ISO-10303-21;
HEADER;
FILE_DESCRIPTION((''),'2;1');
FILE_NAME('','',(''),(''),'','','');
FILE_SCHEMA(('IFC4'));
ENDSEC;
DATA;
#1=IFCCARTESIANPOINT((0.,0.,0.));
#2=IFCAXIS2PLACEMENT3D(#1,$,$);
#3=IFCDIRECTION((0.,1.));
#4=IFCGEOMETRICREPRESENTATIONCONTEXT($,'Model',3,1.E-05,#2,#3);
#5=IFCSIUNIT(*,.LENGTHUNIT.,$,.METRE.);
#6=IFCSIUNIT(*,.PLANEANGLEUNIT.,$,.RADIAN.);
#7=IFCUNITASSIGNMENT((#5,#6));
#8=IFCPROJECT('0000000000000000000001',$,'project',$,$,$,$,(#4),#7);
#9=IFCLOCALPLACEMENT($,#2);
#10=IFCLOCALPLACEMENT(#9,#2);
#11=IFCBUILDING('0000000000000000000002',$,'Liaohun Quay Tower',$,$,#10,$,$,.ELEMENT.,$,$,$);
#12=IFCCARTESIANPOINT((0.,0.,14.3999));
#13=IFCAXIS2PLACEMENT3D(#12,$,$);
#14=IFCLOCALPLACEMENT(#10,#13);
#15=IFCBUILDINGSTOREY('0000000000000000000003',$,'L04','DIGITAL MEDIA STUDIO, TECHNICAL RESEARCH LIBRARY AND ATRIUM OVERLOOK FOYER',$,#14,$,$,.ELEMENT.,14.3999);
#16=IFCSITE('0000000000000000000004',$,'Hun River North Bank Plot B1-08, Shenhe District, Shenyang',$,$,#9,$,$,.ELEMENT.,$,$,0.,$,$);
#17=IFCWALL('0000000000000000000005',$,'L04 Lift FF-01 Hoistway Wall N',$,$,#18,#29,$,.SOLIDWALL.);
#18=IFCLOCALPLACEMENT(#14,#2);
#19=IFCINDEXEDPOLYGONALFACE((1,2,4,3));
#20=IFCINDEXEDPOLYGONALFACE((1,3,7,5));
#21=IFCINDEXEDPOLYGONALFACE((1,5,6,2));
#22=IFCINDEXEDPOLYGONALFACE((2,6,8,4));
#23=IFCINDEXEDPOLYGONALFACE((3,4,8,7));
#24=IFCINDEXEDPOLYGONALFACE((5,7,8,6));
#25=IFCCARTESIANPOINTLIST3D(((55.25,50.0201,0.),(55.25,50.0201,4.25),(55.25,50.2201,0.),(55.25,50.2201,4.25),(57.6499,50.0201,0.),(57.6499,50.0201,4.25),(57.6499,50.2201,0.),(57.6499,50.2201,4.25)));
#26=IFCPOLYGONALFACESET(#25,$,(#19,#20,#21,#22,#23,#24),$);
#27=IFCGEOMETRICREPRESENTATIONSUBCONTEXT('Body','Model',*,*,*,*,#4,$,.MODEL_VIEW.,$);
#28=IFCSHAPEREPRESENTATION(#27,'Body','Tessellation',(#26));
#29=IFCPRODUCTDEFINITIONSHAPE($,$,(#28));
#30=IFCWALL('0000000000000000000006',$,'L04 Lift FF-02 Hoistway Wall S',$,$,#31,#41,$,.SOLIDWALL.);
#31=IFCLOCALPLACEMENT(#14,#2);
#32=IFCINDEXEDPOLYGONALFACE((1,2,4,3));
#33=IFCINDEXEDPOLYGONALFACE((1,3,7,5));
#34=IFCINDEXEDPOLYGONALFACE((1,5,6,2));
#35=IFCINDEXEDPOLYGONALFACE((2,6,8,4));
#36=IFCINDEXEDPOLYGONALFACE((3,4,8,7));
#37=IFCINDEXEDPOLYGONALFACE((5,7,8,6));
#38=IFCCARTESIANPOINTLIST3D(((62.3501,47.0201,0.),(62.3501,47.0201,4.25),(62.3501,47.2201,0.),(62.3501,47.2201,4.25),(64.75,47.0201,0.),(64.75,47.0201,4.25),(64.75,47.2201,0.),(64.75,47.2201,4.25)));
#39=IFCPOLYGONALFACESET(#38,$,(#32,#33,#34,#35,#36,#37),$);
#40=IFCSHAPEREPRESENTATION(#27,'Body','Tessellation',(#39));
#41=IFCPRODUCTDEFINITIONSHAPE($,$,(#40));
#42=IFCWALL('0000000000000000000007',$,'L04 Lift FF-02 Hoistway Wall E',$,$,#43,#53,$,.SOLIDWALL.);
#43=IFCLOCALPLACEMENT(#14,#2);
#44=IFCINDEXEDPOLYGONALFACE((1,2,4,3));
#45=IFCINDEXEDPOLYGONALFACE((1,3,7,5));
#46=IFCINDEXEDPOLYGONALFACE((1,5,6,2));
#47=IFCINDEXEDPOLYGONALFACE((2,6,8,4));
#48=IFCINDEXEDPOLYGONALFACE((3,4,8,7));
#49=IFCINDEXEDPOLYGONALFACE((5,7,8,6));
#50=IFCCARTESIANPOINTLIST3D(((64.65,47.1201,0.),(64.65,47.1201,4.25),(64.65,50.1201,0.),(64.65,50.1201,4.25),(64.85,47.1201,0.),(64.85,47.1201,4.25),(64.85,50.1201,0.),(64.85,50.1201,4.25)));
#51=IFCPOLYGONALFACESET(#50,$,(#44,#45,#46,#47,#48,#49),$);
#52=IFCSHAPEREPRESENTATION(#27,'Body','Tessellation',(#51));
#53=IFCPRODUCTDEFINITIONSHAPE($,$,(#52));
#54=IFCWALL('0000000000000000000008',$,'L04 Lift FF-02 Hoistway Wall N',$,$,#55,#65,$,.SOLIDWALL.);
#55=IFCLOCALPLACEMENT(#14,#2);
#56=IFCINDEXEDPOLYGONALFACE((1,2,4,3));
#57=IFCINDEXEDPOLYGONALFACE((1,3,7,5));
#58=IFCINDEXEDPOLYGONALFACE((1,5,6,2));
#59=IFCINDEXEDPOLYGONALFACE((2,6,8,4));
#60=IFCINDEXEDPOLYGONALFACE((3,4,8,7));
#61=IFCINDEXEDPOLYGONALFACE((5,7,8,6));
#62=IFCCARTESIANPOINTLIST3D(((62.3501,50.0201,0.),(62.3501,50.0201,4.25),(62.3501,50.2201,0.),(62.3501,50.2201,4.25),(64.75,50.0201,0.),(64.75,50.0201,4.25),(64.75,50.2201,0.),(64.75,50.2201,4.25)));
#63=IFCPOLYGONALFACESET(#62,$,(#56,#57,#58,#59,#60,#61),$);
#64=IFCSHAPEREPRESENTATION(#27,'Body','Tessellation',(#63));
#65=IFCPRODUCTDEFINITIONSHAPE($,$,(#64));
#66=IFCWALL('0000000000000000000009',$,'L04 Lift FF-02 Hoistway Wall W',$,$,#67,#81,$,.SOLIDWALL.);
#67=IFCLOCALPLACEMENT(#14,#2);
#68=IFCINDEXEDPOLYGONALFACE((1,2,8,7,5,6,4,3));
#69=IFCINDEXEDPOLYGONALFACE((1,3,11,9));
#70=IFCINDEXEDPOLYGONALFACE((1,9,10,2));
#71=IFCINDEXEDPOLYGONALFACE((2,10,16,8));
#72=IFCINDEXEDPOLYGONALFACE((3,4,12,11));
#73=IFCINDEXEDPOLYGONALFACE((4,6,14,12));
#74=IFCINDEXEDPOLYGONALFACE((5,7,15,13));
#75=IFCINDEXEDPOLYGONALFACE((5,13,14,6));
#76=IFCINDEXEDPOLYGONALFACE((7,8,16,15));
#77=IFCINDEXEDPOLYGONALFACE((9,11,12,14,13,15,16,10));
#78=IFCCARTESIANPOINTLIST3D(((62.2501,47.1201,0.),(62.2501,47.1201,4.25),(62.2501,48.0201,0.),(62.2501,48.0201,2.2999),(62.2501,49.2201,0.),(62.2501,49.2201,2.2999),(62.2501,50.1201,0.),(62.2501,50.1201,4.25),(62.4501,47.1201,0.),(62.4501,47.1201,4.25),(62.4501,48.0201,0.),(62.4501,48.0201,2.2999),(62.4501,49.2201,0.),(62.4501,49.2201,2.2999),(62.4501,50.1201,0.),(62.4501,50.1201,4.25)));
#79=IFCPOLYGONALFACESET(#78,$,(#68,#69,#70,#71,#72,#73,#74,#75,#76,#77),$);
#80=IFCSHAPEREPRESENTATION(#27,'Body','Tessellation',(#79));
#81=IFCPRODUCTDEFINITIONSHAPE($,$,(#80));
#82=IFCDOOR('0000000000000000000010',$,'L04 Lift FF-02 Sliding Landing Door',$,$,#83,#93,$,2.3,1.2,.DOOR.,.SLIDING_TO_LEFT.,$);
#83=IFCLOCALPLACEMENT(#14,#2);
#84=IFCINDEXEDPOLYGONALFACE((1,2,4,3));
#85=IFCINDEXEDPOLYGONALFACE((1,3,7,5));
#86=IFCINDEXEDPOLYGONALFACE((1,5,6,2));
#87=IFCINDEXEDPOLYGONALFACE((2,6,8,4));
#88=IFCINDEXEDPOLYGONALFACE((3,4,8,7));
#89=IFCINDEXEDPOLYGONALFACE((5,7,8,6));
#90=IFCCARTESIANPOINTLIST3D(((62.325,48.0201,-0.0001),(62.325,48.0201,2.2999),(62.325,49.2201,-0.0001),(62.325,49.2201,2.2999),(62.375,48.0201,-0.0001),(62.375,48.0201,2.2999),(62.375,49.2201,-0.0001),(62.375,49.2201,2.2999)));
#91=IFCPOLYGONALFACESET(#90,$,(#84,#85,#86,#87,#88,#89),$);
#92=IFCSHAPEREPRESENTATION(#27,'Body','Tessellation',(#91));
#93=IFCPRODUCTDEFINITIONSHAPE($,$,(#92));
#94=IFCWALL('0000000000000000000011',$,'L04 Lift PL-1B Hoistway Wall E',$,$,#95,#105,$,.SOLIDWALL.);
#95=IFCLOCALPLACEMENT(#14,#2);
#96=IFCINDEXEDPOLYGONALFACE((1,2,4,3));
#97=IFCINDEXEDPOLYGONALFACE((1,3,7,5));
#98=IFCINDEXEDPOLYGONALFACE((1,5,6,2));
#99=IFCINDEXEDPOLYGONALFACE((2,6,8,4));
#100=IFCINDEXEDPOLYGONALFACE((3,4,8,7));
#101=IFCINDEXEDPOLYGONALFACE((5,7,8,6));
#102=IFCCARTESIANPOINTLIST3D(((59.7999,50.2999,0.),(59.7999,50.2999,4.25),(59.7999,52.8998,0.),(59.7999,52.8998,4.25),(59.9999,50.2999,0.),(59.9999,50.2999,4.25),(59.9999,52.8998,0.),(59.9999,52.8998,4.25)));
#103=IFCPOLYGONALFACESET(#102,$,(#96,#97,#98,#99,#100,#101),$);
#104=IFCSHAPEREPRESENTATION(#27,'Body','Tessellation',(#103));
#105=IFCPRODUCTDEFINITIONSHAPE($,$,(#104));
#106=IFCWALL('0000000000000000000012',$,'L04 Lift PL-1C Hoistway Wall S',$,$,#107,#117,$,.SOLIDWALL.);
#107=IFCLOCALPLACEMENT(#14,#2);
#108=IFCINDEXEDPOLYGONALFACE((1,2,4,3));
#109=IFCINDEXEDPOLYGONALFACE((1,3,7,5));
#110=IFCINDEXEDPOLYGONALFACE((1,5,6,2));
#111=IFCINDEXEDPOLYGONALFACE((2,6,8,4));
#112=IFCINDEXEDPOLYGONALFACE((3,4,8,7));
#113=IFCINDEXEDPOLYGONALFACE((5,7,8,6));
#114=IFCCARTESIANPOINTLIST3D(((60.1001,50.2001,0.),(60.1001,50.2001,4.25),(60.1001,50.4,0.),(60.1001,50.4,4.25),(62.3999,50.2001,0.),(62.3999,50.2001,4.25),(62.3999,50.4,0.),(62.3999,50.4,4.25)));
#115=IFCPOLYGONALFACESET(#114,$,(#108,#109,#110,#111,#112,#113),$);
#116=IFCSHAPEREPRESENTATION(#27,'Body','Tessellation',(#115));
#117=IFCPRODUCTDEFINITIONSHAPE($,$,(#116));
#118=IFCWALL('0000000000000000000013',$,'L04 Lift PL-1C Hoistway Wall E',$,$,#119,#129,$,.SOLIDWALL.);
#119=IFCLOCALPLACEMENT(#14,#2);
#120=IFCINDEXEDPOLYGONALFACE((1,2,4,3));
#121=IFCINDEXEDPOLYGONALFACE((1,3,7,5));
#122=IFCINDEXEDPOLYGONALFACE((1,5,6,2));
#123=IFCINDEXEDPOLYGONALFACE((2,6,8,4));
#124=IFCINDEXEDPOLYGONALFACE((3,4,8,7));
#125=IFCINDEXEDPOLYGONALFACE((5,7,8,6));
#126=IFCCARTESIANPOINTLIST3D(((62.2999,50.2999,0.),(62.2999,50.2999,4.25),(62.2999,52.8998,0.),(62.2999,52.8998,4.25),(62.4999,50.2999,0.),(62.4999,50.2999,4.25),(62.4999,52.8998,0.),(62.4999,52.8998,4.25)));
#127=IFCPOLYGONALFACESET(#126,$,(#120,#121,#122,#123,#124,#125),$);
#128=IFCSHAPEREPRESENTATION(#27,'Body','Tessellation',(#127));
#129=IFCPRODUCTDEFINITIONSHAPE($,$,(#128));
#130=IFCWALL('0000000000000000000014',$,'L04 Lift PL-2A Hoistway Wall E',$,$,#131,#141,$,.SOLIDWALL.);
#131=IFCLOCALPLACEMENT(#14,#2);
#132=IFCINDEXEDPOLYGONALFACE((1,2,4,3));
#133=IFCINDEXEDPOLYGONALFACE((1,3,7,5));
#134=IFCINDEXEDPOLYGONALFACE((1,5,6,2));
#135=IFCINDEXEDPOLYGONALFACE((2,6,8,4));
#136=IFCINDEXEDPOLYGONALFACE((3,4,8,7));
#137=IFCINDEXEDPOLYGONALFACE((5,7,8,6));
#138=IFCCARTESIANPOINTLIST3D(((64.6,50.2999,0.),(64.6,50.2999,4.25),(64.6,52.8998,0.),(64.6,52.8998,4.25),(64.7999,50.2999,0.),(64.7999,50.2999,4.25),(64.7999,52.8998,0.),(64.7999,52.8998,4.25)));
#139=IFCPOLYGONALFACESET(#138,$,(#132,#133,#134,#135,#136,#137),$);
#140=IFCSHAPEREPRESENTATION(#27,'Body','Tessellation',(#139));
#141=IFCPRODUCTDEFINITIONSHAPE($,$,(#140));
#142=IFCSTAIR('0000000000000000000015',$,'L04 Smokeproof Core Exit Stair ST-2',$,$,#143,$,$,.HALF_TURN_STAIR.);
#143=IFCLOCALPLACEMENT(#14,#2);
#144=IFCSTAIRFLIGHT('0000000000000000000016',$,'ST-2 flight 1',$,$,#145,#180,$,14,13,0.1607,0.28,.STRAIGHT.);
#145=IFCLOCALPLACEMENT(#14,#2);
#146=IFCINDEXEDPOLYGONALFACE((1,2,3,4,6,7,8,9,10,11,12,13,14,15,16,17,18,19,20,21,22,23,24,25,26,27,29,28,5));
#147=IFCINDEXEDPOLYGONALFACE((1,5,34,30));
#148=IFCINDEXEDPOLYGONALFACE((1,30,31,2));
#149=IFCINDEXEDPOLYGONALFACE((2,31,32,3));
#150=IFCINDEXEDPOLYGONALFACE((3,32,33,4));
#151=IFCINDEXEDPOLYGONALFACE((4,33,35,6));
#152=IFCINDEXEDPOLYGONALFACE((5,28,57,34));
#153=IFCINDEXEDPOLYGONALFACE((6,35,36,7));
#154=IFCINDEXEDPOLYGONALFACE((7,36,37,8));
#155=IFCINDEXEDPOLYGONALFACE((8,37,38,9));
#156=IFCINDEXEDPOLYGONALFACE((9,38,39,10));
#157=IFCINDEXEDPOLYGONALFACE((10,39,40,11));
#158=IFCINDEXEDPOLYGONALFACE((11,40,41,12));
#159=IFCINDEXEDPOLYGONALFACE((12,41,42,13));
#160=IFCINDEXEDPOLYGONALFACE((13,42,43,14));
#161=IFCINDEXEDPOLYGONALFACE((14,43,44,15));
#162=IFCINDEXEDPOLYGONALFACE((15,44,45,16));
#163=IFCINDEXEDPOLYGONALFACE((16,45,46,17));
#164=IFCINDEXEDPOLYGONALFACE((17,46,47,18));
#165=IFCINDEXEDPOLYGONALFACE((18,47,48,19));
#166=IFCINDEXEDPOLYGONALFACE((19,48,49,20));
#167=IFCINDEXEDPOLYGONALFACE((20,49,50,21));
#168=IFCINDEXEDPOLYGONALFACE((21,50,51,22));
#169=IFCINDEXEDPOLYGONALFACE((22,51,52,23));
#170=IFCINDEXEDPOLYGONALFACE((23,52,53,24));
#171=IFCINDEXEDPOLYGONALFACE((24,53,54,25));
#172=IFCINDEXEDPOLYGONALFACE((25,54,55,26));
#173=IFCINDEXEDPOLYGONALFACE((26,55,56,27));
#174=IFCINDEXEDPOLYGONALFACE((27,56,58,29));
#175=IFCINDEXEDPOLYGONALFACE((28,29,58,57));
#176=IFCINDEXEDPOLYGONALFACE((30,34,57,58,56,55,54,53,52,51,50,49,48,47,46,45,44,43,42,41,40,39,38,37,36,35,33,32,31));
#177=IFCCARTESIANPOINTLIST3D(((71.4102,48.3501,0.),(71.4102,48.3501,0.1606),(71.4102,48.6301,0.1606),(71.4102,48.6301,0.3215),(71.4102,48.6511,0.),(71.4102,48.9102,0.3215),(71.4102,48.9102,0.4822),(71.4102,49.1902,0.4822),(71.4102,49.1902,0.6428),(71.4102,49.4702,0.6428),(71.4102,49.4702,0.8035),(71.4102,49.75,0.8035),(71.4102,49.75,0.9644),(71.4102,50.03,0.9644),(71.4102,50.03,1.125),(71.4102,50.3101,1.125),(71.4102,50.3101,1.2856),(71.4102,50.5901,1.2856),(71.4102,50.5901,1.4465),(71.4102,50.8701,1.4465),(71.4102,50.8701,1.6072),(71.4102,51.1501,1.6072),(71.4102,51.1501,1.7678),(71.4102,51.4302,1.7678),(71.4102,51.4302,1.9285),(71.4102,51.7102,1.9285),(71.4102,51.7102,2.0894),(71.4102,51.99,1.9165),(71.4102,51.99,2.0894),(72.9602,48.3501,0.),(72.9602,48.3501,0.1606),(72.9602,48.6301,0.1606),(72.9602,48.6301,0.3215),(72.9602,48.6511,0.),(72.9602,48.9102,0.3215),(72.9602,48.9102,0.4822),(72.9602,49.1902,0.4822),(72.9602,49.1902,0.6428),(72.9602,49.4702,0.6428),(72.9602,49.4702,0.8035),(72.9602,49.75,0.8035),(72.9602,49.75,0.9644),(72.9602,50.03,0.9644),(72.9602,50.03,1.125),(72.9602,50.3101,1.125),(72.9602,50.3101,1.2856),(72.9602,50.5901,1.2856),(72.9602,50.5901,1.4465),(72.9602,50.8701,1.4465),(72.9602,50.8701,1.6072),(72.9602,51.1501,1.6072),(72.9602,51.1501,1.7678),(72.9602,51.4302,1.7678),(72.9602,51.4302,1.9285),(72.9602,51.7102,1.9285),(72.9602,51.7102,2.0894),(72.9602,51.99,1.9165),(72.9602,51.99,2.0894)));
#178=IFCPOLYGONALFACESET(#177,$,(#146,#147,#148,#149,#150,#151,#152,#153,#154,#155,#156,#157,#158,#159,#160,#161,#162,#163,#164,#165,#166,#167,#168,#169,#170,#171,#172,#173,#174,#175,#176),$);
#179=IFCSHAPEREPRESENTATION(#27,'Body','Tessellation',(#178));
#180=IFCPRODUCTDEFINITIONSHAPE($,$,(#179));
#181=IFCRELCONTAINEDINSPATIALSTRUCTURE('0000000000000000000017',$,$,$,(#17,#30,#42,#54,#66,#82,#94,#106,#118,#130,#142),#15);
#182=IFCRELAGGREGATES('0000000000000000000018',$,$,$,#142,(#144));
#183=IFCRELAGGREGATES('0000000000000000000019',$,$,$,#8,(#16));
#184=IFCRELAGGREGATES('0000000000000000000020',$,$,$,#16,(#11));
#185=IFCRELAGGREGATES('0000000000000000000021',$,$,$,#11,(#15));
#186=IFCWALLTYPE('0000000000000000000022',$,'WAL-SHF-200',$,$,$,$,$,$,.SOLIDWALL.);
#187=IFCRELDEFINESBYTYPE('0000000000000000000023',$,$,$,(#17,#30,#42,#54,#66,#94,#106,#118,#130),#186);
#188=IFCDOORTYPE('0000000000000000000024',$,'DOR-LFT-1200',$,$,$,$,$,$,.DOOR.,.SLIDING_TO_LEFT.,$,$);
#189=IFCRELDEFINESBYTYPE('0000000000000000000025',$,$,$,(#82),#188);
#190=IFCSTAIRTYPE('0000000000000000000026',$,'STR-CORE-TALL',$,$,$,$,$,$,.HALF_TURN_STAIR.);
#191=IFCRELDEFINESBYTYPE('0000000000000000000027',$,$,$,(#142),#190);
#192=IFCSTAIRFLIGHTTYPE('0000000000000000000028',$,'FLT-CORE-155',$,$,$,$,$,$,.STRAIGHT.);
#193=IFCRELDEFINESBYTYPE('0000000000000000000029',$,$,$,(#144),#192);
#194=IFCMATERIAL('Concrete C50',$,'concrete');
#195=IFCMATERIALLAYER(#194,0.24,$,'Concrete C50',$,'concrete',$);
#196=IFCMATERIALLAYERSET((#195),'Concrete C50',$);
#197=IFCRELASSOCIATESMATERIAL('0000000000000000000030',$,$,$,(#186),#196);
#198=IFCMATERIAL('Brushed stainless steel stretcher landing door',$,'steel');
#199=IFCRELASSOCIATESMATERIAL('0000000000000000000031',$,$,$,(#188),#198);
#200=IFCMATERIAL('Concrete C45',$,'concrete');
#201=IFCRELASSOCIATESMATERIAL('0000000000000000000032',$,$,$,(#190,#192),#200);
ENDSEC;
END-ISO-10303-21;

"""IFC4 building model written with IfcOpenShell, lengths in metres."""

from ifc_helpers import new_model, si_unit, direction, frame, frame_2d, origin, place, context, subcontext, project, spatial, polyline, rectangle, outline, extrude, source, transform, mapped, material, layer, layer_set, type_object, element, fill, aggregate, save


model = new_model("IFC4")

# Units and contexts
model_context = context("Model", 3, precision=1e-05, world=origin(), true_north=direction((0.0, 1.0)))
body_context = subcontext(model_context, "Body", "Model", "MODEL_VIEW")
ifc_project = project(units=[si_unit("LENGTHUNIT", "METRE"), si_unit("PLANEANGLEUNIT", "RADIAN")], contexts=[model_context])

# Site, building, storey
site_placement = place(None, origin())
site = spatial("IfcSite", under=ifc_project, at=site_placement, Name="Hun River North Bank Plot B1-08, Shenhe District, Shenyang", CompositionType="ELEMENT", RefElevation=0.0)
building_placement = place(site_placement, origin())
building = spatial("IfcBuilding", under=site, at=building_placement, Name="Liaohun Quay Tower", CompositionType="ELEMENT")
storey_placement = place(building_placement, frame((0.0, 0.0, 14.3999)))
storey = spatial("IfcBuildingStorey", under=building, at=storey_placement, Name="L04", Description="DIGITAL MEDIA STUDIO, TECHNICAL RESEARCH LIBRARY AND ATRIUM OVERLOOK FOYER", CompositionType="ELEMENT", Elevation=14.3999)

# Shared definitions
ifc_material_1 = material(Name="Concrete C50", Category="concrete")
ifc_layer_1 = layer(ifc_material_1, 0.24, Name="Concrete C50", Category="concrete")
ifc_layer_set_1 = layer_set([ifc_layer_1], Name="Concrete C50")
wall_type_1 = type_object("IfcWallType", Name="WAL-SHF-200", PredefinedType="SOLIDWALL", material=ifc_layer_set_1)

# Walls
for number, where, z_axis, x_axis, name in (
    (1, (57.6499, 50.1201, 0.0), (0.0, 0.0, 1.0), (-1.0, 0.0, 0.0), "L04 Lift FF-01 Hoistway Wall N"),
    (2, (62.3501, 47.1201, 0.0), (0.0, 0.0, 1.0), (1.0, 0.0, 0.0), "L04 Lift FF-02 Hoistway Wall S"),
):
    element("IfcWall", number, at=place(storey_placement, frame(where, z_axis=z_axis, x_axis=x_axis)), inside=storey, type_object=wall_type_1, Name=name, PredefinedType="SOLIDWALL", context=body_context, shape_type="SweptSolid", body=[
        extrude(rectangle(XDim=2.3999, YDim=0.2, at=frame_2d((1.2, 0.0))), origin(), (0.0, 0.0, 1.0), 4.25),
    ])
wall_1_placement = place(storey_placement, frame((64.75, 47.1201, 0.0), z_axis=(0.0, 0.0, 1.0), x_axis=(0.0, 1.0, 0.0)))
element("IfcWall", 3, at=wall_1_placement, inside=storey, type_object=wall_type_1, Name="L04 Lift FF-02 Hoistway Wall E", PredefinedType="SOLIDWALL", context=body_context, shape_type="SweptSolid", body=[
    extrude(rectangle(XDim=3.0, YDim=0.2, at=frame_2d((1.5, 0.0))), origin(), (0.0, 0.0, 1.0), 4.25),
])
wall_2_placement = place(storey_placement, frame((64.75, 50.1201, 0.0), z_axis=(0.0, 0.0, 1.0), x_axis=(-1.0, 0.0, 0.0)))
element("IfcWall", 4, at=wall_2_placement, inside=storey, type_object=wall_type_1, Name="L04 Lift FF-02 Hoistway Wall N", PredefinedType="SOLIDWALL", context=body_context, shape_type="SweptSolid", body=[
    extrude(rectangle(XDim=2.3999, YDim=0.2, at=frame_2d((1.2, 0.0))), origin(), (0.0, 0.0, 1.0), 4.25),
])

# Wall, opening, door
wall_3_placement = place(storey_placement, frame((62.3501, 50.1201, 0.0), z_axis=(0.0, 0.0, 1.0), x_axis=(0.0, -1.0, 0.0)))
wall_3 = element("IfcWall", 5, at=wall_3_placement, inside=storey, type_object=wall_type_1, Name="L04 Lift FF-02 Hoistway Wall W", PredefinedType="SOLIDWALL", context=body_context, shape_type="SweptSolid", body=[
    extrude(rectangle(XDim=3.0, YDim=0.2, at=frame_2d((1.5, 0.0))), origin(), (0.0, 0.0, 1.0), 4.25),
])
shared_shape_1 = source(origin(), body_context, "Body", "SweptSolid", [
    extrude(rectangle(XDim=1.2, YDim=2.3, at=frame_2d((0.6001, 1.1499))), frame((0.0, 0.1099, 0.0), z_axis=(0.0, -1.0, 0.0), x_axis=(1.0, 0.0, 0.0)), (0.0, 0.0, 1.0), 0.22),
])
opening_1_placement = place(wall_3_placement, frame((0.8999, 0.0, 0.0)))
opening_1 = element("IfcOpeningElement", 6, at=opening_1_placement, cuts=wall_3, PredefinedType="OPENING", context=body_context, shape_type="MappedRepresentation", body=[
    mapped(shared_shape_1, transform((0.0, 0.0, 0.0), x_axis=(1.0, 0.0, 0.0), y_axis=(0.0, 1.0, 0.0), z_axis=(0.0, 0.0, 1.0), scale=1.0)),
])
ifc_material_2 = material(Name="Brushed stainless steel stretcher landing door", Category="steel")
door_type_1 = type_object("IfcDoorType", Name="DOR-LFT-1200", OperationType="SLIDING_TO_LEFT", PredefinedType="DOOR", material=ifc_material_2)
shared_shape_2 = source(origin(), body_context, "Body", "SweptSolid", [
    extrude(rectangle(XDim=1.2, YDim=2.3, at=frame_2d((0.6001, 1.1499))), frame((0.0, 0.0249, 0.0), z_axis=(0.0, -1.0, 0.0), x_axis=(1.0, 0.0, 0.0)), (0.0, 0.0, 1.0), 0.05),
])
door_1_placement = place(opening_1_placement, origin())
door_1 = element("IfcDoor", 7, at=door_1_placement, inside=storey, type_object=door_type_1, Name="L04 Lift FF-02 Sliding Landing Door", OperationType="SLIDING_TO_LEFT", OverallHeight=2.3, OverallWidth=1.2, PredefinedType="DOOR", context=body_context, shape_type="MappedRepresentation", body=[
    mapped(shared_shape_2, transform((0.0, 0.0, 0.0), x_axis=(1.0, 0.0, 0.0), y_axis=(0.0, 1.0, 0.0), z_axis=(0.0, 0.0, 1.0), scale=1.0)),
])
fill(opening_1, door_1)

# Walls
wall_4_placement = place(storey_placement, frame((59.8999, 50.3, 0.0), z_axis=(0.0, 0.0, 1.0), x_axis=(0.0, 1.0, 0.0)))
element("IfcWall", 8, at=wall_4_placement, inside=storey, type_object=wall_type_1, Name="L04 Lift PL-1B Hoistway Wall E", PredefinedType="SOLIDWALL", context=body_context, shape_type="SweptSolid", body=[
    extrude(rectangle(XDim=2.5999, YDim=0.2, at=frame_2d((1.2998, 0.0))), origin(), (0.0, 0.0, 1.0), 4.25),
])
wall_5_placement = place(storey_placement, frame((60.1001, 50.3, 0.0), z_axis=(0.0, 0.0, 1.0), x_axis=(1.0, 0.0, 0.0)))
element("IfcWall", 9, at=wall_5_placement, inside=storey, type_object=wall_type_1, Name="L04 Lift PL-1C Hoistway Wall S", PredefinedType="SOLIDWALL", context=body_context, shape_type="SweptSolid", body=[
    extrude(rectangle(XDim=2.2998, YDim=0.2, at=frame_2d((1.1499, 0.0))), origin(), (0.0, 0.0, 1.0), 4.25),
])
for number, where, z_axis, x_axis, name in (
    (10, (62.3999, 50.3, 0.0), (0.0, 0.0, 1.0), (0.0, 1.0, 0.0), "L04 Lift PL-1C Hoistway Wall E"),
    (11, (64.7, 50.3, 0.0), (0.0, 0.0, 1.0), (0.0, 1.0, 0.0), "L04 Lift PL-2A Hoistway Wall E"),
):
    element("IfcWall", number, at=place(storey_placement, frame(where, z_axis=z_axis, x_axis=x_axis)), inside=storey, type_object=wall_type_1, Name=name, PredefinedType="SOLIDWALL", context=body_context, shape_type="SweptSolid", body=[
        extrude(rectangle(XDim=2.5999, YDim=0.2, at=frame_2d((1.2998, 0.0))), origin(), (0.0, 0.0, 1.0), 4.25),
    ])

# Stair, stair flight
ifc_material_3 = material(Name="Concrete C45", Category="concrete")
stair_type = type_object("IfcStairType", Name="STR-CORE-TALL", PredefinedType="HALF_TURN_STAIR", material=ifc_material_3)
stair_placement = place(storey_placement, origin())
stair = element("IfcStair", 12, at=stair_placement, inside=storey, type_object=stair_type, Name="L04 Smokeproof Core Exit Stair ST-2", PredefinedType="HALF_TURN_STAIR")
stair_flight_type = type_object("IfcStairFlightType", Name="FLT-CORE-155", PredefinedType="STRAIGHT", material=ifc_material_3)
stair_flight_placement = place(storey_placement, frame((72.1851, 48.3501, 0.0), z_axis=(0.0, 0.0, 1.0), x_axis=(0.0, 1.0, 0.0)))
stair_flight = element("IfcStairFlight", 13, at=stair_flight_placement, type_object=stair_flight_type, Name="ST-2 flight 1", NumberOfRisers=14, NumberOfTreads=13, PredefinedType="STRAIGHT", RiserHeight=0.1607, TreadLength=0.28, context=body_context, shape_type="SweptSolid", body=[
    extrude(outline(polyline([(0.0, 0.0), (0.0, 0.1606), (0.28, 0.1606), (0.28, 0.3215), (0.5601, 0.3215), (0.5601, 0.4822), (0.8401, 0.4822), (0.8401, 0.6428), (1.1201, 0.6428), (1.1201, 0.8035), (1.3999, 0.8035), (1.3999, 0.9644), (1.6799, 0.9644), (1.6799, 1.125), (1.96, 1.125), (1.96, 1.2856), (2.24, 1.2856), (2.24, 1.4465), (2.52, 1.4465), (2.52, 1.6072), (2.8, 1.6072), (2.8, 1.7678), (3.0801, 1.7678), (3.0801, 1.9285), (3.3601, 1.9285), (3.3601, 2.0894), (3.6399, 2.0894), (3.6399, 2.25), (3.6399, 1.9165), (0.301, 0.0), (0.0, 0.0)])), frame((0.0, 0.7749, 0.0), z_axis=(0.0, -1.0, 0.0), x_axis=(1.0, 0.0, 0.0)), (0.0, 0.0, 1.0), 1.55),
])
aggregate(stair, [stair_flight])

save(model, "model.ifc")
